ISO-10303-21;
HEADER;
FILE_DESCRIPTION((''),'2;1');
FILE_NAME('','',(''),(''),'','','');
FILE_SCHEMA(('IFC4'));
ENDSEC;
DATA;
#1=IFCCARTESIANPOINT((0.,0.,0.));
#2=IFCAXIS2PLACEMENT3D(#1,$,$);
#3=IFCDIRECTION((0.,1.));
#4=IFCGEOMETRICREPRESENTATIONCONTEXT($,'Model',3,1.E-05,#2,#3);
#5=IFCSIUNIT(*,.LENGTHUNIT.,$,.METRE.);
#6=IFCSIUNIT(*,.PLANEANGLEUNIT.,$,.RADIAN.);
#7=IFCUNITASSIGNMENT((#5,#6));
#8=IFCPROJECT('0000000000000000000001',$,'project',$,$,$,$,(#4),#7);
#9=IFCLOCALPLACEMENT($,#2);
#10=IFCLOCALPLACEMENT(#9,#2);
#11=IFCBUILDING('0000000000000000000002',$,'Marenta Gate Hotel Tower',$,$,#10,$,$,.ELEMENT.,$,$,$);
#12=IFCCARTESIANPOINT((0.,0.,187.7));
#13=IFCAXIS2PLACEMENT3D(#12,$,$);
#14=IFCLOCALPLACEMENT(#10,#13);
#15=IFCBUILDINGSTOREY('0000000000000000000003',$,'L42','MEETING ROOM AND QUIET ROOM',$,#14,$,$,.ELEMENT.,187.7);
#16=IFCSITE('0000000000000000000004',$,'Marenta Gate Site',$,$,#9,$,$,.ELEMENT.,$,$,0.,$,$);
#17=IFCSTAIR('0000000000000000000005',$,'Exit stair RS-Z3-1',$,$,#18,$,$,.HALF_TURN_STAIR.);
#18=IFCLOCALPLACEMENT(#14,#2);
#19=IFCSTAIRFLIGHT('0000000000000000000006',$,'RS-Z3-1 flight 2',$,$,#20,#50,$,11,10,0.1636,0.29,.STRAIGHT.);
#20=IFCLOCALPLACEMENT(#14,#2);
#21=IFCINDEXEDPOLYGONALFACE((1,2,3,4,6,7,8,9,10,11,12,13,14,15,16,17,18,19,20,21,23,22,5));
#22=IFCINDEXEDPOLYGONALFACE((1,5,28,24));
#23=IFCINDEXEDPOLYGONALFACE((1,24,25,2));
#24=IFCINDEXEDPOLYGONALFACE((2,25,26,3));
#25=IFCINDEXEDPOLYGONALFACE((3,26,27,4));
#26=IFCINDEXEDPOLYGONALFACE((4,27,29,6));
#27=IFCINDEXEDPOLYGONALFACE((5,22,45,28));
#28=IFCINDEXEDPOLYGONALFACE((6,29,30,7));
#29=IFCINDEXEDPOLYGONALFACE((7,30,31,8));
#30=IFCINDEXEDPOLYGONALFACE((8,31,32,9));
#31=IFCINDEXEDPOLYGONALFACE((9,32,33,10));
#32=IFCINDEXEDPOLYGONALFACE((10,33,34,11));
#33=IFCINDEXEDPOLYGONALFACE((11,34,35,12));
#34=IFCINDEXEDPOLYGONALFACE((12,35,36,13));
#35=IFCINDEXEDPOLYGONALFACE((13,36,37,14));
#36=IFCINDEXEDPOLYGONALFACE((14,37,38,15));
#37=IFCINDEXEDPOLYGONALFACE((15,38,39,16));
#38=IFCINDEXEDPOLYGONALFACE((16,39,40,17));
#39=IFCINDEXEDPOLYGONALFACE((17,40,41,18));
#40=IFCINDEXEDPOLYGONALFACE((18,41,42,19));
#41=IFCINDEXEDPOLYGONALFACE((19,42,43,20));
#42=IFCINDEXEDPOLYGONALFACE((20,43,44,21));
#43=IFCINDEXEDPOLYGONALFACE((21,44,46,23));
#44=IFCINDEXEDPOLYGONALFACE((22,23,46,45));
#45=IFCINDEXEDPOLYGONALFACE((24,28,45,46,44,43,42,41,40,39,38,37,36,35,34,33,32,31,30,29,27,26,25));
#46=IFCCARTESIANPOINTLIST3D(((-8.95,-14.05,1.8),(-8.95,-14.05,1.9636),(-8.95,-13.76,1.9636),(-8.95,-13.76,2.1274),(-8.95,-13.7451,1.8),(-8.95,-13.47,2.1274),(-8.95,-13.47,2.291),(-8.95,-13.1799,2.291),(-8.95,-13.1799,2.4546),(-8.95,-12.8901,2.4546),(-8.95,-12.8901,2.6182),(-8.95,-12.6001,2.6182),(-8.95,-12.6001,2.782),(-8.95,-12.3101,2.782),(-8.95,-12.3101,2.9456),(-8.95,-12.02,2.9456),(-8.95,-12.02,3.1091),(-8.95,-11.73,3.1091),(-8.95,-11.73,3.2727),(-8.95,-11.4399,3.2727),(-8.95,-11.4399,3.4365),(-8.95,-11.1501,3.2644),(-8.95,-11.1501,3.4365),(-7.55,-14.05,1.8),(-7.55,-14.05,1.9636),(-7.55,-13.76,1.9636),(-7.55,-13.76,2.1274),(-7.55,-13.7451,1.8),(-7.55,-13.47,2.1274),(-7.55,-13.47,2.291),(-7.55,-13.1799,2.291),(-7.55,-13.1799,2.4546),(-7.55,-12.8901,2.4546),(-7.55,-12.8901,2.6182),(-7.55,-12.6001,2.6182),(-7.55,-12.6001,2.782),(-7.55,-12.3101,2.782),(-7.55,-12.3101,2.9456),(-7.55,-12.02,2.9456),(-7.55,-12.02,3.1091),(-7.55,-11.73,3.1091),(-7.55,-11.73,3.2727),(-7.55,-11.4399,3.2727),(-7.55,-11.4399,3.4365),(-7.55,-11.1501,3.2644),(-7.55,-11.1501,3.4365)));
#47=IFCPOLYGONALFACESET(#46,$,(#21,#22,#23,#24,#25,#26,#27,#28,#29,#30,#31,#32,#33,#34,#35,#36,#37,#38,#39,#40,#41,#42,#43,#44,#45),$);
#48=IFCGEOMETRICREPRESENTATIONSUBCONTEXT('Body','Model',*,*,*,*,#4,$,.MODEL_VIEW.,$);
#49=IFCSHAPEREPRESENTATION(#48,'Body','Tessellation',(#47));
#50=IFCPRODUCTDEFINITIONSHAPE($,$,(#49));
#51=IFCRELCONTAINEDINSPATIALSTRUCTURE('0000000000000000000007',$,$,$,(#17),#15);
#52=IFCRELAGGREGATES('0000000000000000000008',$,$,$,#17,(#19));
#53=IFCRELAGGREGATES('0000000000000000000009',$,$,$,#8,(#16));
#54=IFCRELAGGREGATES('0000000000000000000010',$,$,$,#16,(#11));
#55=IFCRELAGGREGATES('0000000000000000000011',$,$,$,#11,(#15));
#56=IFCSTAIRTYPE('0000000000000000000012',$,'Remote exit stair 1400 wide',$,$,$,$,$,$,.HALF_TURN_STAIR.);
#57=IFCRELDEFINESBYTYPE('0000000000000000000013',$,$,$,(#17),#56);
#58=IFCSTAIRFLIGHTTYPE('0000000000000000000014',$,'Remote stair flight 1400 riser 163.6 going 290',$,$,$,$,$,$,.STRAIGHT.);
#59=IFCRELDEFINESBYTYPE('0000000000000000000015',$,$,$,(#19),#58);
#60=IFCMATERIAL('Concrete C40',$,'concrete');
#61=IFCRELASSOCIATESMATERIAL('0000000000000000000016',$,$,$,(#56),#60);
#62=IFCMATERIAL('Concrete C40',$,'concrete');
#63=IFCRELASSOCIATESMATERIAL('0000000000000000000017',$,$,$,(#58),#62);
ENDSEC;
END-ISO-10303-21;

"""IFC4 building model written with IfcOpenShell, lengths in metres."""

from ifc_helpers import new_model, si_unit, direction, frame, origin, place, context, subcontext, project, spatial, polyline, outline, extrude, material, type_object, element, aggregate, save


model = new_model("IFC4")

# Units and contexts
model_context = context("Model", 3, precision=1e-05, world=origin(), true_north=direction((0.0, 1.0)))
body_context = subcontext(model_context, "Body", "Model", "MODEL_VIEW")
ifc_project = project(units=[si_unit("LENGTHUNIT", "METRE"), si_unit("PLANEANGLEUNIT", "RADIAN")], contexts=[model_context])

# Site, building, storey
site_placement = place(None, origin())
site = spatial("IfcSite", under=ifc_project, at=site_placement, Name="Marenta Gate Site", CompositionType="ELEMENT", RefElevation=0.0)
building_placement = place(site_placement, origin())
building = spatial("IfcBuilding", under=site, at=building_placement, Name="Marenta Gate Hotel Tower", CompositionType="ELEMENT")
storey_placement = place(building_placement, frame((0.0, 0.0, 187.7)))
storey = spatial("IfcBuildingStorey", under=building, at=storey_placement, Name="L42", Description="MEETING ROOM AND QUIET ROOM", CompositionType="ELEMENT", Elevation=187.7)

# Stair, stair flight
ifc_material_1 = material(Name="Concrete C40", Category="concrete")
stair_type = type_object("IfcStairType", Name="Remote exit stair 1400 wide", PredefinedType="HALF_TURN_STAIR", material=ifc_material_1)
stair_placement = place(storey_placement, origin())
stair = element("IfcStair", 1, at=stair_placement, inside=storey, type_object=stair_type, Name="Exit stair RS-Z3-1", PredefinedType="HALF_TURN_STAIR")
ifc_material_2 = material(Name="Concrete C40", Category="concrete")
stair_flight_type = type_object("IfcStairFlightType", Name="Remote stair flight 1400 riser 163.6 going 290", PredefinedType="STRAIGHT", material=ifc_material_2)
stair_flight_1_placement = place(storey_placement, frame((-8.25, -14.05, 1.8), z_axis=(0.0, 0.0, 1.0), x_axis=(0.0, 1.0, 0.0)))
stair_flight_1 = element("IfcStairFlight", 2, at=stair_flight_1_placement, type_object=stair_flight_type, Name="RS-Z3-1 flight 2", NumberOfRisers=11, NumberOfTreads=10, PredefinedType="STRAIGHT", RiserHeight=0.1636, TreadLength=0.29, context=body_context, shape_type="SweptSolid", body=[
    extrude(outline(polyline([(0.0, 0.0), (0.0, 0.1636), (0.29, 0.1636), (0.29, 0.3274), (0.5801, 0.3274), (0.5801, 0.491), (0.8701, 0.491), (0.8701, 0.6545), (1.1599, 0.6545), (1.1599, 0.8181), (1.45, 0.8181), (1.45, 0.9819), (1.74, 0.9819), (1.74, 1.1455), (2.03, 1.1455), (2.03, 1.3091), (2.3201, 1.3091), (2.3201, 1.4727), (2.6101, 1.4727), (2.6101, 1.6365), (2.8999, 1.6365), (2.8999, 1.8), (2.8999, 1.4644), (0.3049, 0.0), (0.0, 0.0)])), frame((0.0, 0.7, 0.0), z_axis=(0.0, -1.0, 0.0), x_axis=(1.0, 0.0, 0.0)), (0.0, 0.0, 1.0), 1.3999),
])
aggregate(stair, [stair_flight_1])

save(model, "model.ifc")
